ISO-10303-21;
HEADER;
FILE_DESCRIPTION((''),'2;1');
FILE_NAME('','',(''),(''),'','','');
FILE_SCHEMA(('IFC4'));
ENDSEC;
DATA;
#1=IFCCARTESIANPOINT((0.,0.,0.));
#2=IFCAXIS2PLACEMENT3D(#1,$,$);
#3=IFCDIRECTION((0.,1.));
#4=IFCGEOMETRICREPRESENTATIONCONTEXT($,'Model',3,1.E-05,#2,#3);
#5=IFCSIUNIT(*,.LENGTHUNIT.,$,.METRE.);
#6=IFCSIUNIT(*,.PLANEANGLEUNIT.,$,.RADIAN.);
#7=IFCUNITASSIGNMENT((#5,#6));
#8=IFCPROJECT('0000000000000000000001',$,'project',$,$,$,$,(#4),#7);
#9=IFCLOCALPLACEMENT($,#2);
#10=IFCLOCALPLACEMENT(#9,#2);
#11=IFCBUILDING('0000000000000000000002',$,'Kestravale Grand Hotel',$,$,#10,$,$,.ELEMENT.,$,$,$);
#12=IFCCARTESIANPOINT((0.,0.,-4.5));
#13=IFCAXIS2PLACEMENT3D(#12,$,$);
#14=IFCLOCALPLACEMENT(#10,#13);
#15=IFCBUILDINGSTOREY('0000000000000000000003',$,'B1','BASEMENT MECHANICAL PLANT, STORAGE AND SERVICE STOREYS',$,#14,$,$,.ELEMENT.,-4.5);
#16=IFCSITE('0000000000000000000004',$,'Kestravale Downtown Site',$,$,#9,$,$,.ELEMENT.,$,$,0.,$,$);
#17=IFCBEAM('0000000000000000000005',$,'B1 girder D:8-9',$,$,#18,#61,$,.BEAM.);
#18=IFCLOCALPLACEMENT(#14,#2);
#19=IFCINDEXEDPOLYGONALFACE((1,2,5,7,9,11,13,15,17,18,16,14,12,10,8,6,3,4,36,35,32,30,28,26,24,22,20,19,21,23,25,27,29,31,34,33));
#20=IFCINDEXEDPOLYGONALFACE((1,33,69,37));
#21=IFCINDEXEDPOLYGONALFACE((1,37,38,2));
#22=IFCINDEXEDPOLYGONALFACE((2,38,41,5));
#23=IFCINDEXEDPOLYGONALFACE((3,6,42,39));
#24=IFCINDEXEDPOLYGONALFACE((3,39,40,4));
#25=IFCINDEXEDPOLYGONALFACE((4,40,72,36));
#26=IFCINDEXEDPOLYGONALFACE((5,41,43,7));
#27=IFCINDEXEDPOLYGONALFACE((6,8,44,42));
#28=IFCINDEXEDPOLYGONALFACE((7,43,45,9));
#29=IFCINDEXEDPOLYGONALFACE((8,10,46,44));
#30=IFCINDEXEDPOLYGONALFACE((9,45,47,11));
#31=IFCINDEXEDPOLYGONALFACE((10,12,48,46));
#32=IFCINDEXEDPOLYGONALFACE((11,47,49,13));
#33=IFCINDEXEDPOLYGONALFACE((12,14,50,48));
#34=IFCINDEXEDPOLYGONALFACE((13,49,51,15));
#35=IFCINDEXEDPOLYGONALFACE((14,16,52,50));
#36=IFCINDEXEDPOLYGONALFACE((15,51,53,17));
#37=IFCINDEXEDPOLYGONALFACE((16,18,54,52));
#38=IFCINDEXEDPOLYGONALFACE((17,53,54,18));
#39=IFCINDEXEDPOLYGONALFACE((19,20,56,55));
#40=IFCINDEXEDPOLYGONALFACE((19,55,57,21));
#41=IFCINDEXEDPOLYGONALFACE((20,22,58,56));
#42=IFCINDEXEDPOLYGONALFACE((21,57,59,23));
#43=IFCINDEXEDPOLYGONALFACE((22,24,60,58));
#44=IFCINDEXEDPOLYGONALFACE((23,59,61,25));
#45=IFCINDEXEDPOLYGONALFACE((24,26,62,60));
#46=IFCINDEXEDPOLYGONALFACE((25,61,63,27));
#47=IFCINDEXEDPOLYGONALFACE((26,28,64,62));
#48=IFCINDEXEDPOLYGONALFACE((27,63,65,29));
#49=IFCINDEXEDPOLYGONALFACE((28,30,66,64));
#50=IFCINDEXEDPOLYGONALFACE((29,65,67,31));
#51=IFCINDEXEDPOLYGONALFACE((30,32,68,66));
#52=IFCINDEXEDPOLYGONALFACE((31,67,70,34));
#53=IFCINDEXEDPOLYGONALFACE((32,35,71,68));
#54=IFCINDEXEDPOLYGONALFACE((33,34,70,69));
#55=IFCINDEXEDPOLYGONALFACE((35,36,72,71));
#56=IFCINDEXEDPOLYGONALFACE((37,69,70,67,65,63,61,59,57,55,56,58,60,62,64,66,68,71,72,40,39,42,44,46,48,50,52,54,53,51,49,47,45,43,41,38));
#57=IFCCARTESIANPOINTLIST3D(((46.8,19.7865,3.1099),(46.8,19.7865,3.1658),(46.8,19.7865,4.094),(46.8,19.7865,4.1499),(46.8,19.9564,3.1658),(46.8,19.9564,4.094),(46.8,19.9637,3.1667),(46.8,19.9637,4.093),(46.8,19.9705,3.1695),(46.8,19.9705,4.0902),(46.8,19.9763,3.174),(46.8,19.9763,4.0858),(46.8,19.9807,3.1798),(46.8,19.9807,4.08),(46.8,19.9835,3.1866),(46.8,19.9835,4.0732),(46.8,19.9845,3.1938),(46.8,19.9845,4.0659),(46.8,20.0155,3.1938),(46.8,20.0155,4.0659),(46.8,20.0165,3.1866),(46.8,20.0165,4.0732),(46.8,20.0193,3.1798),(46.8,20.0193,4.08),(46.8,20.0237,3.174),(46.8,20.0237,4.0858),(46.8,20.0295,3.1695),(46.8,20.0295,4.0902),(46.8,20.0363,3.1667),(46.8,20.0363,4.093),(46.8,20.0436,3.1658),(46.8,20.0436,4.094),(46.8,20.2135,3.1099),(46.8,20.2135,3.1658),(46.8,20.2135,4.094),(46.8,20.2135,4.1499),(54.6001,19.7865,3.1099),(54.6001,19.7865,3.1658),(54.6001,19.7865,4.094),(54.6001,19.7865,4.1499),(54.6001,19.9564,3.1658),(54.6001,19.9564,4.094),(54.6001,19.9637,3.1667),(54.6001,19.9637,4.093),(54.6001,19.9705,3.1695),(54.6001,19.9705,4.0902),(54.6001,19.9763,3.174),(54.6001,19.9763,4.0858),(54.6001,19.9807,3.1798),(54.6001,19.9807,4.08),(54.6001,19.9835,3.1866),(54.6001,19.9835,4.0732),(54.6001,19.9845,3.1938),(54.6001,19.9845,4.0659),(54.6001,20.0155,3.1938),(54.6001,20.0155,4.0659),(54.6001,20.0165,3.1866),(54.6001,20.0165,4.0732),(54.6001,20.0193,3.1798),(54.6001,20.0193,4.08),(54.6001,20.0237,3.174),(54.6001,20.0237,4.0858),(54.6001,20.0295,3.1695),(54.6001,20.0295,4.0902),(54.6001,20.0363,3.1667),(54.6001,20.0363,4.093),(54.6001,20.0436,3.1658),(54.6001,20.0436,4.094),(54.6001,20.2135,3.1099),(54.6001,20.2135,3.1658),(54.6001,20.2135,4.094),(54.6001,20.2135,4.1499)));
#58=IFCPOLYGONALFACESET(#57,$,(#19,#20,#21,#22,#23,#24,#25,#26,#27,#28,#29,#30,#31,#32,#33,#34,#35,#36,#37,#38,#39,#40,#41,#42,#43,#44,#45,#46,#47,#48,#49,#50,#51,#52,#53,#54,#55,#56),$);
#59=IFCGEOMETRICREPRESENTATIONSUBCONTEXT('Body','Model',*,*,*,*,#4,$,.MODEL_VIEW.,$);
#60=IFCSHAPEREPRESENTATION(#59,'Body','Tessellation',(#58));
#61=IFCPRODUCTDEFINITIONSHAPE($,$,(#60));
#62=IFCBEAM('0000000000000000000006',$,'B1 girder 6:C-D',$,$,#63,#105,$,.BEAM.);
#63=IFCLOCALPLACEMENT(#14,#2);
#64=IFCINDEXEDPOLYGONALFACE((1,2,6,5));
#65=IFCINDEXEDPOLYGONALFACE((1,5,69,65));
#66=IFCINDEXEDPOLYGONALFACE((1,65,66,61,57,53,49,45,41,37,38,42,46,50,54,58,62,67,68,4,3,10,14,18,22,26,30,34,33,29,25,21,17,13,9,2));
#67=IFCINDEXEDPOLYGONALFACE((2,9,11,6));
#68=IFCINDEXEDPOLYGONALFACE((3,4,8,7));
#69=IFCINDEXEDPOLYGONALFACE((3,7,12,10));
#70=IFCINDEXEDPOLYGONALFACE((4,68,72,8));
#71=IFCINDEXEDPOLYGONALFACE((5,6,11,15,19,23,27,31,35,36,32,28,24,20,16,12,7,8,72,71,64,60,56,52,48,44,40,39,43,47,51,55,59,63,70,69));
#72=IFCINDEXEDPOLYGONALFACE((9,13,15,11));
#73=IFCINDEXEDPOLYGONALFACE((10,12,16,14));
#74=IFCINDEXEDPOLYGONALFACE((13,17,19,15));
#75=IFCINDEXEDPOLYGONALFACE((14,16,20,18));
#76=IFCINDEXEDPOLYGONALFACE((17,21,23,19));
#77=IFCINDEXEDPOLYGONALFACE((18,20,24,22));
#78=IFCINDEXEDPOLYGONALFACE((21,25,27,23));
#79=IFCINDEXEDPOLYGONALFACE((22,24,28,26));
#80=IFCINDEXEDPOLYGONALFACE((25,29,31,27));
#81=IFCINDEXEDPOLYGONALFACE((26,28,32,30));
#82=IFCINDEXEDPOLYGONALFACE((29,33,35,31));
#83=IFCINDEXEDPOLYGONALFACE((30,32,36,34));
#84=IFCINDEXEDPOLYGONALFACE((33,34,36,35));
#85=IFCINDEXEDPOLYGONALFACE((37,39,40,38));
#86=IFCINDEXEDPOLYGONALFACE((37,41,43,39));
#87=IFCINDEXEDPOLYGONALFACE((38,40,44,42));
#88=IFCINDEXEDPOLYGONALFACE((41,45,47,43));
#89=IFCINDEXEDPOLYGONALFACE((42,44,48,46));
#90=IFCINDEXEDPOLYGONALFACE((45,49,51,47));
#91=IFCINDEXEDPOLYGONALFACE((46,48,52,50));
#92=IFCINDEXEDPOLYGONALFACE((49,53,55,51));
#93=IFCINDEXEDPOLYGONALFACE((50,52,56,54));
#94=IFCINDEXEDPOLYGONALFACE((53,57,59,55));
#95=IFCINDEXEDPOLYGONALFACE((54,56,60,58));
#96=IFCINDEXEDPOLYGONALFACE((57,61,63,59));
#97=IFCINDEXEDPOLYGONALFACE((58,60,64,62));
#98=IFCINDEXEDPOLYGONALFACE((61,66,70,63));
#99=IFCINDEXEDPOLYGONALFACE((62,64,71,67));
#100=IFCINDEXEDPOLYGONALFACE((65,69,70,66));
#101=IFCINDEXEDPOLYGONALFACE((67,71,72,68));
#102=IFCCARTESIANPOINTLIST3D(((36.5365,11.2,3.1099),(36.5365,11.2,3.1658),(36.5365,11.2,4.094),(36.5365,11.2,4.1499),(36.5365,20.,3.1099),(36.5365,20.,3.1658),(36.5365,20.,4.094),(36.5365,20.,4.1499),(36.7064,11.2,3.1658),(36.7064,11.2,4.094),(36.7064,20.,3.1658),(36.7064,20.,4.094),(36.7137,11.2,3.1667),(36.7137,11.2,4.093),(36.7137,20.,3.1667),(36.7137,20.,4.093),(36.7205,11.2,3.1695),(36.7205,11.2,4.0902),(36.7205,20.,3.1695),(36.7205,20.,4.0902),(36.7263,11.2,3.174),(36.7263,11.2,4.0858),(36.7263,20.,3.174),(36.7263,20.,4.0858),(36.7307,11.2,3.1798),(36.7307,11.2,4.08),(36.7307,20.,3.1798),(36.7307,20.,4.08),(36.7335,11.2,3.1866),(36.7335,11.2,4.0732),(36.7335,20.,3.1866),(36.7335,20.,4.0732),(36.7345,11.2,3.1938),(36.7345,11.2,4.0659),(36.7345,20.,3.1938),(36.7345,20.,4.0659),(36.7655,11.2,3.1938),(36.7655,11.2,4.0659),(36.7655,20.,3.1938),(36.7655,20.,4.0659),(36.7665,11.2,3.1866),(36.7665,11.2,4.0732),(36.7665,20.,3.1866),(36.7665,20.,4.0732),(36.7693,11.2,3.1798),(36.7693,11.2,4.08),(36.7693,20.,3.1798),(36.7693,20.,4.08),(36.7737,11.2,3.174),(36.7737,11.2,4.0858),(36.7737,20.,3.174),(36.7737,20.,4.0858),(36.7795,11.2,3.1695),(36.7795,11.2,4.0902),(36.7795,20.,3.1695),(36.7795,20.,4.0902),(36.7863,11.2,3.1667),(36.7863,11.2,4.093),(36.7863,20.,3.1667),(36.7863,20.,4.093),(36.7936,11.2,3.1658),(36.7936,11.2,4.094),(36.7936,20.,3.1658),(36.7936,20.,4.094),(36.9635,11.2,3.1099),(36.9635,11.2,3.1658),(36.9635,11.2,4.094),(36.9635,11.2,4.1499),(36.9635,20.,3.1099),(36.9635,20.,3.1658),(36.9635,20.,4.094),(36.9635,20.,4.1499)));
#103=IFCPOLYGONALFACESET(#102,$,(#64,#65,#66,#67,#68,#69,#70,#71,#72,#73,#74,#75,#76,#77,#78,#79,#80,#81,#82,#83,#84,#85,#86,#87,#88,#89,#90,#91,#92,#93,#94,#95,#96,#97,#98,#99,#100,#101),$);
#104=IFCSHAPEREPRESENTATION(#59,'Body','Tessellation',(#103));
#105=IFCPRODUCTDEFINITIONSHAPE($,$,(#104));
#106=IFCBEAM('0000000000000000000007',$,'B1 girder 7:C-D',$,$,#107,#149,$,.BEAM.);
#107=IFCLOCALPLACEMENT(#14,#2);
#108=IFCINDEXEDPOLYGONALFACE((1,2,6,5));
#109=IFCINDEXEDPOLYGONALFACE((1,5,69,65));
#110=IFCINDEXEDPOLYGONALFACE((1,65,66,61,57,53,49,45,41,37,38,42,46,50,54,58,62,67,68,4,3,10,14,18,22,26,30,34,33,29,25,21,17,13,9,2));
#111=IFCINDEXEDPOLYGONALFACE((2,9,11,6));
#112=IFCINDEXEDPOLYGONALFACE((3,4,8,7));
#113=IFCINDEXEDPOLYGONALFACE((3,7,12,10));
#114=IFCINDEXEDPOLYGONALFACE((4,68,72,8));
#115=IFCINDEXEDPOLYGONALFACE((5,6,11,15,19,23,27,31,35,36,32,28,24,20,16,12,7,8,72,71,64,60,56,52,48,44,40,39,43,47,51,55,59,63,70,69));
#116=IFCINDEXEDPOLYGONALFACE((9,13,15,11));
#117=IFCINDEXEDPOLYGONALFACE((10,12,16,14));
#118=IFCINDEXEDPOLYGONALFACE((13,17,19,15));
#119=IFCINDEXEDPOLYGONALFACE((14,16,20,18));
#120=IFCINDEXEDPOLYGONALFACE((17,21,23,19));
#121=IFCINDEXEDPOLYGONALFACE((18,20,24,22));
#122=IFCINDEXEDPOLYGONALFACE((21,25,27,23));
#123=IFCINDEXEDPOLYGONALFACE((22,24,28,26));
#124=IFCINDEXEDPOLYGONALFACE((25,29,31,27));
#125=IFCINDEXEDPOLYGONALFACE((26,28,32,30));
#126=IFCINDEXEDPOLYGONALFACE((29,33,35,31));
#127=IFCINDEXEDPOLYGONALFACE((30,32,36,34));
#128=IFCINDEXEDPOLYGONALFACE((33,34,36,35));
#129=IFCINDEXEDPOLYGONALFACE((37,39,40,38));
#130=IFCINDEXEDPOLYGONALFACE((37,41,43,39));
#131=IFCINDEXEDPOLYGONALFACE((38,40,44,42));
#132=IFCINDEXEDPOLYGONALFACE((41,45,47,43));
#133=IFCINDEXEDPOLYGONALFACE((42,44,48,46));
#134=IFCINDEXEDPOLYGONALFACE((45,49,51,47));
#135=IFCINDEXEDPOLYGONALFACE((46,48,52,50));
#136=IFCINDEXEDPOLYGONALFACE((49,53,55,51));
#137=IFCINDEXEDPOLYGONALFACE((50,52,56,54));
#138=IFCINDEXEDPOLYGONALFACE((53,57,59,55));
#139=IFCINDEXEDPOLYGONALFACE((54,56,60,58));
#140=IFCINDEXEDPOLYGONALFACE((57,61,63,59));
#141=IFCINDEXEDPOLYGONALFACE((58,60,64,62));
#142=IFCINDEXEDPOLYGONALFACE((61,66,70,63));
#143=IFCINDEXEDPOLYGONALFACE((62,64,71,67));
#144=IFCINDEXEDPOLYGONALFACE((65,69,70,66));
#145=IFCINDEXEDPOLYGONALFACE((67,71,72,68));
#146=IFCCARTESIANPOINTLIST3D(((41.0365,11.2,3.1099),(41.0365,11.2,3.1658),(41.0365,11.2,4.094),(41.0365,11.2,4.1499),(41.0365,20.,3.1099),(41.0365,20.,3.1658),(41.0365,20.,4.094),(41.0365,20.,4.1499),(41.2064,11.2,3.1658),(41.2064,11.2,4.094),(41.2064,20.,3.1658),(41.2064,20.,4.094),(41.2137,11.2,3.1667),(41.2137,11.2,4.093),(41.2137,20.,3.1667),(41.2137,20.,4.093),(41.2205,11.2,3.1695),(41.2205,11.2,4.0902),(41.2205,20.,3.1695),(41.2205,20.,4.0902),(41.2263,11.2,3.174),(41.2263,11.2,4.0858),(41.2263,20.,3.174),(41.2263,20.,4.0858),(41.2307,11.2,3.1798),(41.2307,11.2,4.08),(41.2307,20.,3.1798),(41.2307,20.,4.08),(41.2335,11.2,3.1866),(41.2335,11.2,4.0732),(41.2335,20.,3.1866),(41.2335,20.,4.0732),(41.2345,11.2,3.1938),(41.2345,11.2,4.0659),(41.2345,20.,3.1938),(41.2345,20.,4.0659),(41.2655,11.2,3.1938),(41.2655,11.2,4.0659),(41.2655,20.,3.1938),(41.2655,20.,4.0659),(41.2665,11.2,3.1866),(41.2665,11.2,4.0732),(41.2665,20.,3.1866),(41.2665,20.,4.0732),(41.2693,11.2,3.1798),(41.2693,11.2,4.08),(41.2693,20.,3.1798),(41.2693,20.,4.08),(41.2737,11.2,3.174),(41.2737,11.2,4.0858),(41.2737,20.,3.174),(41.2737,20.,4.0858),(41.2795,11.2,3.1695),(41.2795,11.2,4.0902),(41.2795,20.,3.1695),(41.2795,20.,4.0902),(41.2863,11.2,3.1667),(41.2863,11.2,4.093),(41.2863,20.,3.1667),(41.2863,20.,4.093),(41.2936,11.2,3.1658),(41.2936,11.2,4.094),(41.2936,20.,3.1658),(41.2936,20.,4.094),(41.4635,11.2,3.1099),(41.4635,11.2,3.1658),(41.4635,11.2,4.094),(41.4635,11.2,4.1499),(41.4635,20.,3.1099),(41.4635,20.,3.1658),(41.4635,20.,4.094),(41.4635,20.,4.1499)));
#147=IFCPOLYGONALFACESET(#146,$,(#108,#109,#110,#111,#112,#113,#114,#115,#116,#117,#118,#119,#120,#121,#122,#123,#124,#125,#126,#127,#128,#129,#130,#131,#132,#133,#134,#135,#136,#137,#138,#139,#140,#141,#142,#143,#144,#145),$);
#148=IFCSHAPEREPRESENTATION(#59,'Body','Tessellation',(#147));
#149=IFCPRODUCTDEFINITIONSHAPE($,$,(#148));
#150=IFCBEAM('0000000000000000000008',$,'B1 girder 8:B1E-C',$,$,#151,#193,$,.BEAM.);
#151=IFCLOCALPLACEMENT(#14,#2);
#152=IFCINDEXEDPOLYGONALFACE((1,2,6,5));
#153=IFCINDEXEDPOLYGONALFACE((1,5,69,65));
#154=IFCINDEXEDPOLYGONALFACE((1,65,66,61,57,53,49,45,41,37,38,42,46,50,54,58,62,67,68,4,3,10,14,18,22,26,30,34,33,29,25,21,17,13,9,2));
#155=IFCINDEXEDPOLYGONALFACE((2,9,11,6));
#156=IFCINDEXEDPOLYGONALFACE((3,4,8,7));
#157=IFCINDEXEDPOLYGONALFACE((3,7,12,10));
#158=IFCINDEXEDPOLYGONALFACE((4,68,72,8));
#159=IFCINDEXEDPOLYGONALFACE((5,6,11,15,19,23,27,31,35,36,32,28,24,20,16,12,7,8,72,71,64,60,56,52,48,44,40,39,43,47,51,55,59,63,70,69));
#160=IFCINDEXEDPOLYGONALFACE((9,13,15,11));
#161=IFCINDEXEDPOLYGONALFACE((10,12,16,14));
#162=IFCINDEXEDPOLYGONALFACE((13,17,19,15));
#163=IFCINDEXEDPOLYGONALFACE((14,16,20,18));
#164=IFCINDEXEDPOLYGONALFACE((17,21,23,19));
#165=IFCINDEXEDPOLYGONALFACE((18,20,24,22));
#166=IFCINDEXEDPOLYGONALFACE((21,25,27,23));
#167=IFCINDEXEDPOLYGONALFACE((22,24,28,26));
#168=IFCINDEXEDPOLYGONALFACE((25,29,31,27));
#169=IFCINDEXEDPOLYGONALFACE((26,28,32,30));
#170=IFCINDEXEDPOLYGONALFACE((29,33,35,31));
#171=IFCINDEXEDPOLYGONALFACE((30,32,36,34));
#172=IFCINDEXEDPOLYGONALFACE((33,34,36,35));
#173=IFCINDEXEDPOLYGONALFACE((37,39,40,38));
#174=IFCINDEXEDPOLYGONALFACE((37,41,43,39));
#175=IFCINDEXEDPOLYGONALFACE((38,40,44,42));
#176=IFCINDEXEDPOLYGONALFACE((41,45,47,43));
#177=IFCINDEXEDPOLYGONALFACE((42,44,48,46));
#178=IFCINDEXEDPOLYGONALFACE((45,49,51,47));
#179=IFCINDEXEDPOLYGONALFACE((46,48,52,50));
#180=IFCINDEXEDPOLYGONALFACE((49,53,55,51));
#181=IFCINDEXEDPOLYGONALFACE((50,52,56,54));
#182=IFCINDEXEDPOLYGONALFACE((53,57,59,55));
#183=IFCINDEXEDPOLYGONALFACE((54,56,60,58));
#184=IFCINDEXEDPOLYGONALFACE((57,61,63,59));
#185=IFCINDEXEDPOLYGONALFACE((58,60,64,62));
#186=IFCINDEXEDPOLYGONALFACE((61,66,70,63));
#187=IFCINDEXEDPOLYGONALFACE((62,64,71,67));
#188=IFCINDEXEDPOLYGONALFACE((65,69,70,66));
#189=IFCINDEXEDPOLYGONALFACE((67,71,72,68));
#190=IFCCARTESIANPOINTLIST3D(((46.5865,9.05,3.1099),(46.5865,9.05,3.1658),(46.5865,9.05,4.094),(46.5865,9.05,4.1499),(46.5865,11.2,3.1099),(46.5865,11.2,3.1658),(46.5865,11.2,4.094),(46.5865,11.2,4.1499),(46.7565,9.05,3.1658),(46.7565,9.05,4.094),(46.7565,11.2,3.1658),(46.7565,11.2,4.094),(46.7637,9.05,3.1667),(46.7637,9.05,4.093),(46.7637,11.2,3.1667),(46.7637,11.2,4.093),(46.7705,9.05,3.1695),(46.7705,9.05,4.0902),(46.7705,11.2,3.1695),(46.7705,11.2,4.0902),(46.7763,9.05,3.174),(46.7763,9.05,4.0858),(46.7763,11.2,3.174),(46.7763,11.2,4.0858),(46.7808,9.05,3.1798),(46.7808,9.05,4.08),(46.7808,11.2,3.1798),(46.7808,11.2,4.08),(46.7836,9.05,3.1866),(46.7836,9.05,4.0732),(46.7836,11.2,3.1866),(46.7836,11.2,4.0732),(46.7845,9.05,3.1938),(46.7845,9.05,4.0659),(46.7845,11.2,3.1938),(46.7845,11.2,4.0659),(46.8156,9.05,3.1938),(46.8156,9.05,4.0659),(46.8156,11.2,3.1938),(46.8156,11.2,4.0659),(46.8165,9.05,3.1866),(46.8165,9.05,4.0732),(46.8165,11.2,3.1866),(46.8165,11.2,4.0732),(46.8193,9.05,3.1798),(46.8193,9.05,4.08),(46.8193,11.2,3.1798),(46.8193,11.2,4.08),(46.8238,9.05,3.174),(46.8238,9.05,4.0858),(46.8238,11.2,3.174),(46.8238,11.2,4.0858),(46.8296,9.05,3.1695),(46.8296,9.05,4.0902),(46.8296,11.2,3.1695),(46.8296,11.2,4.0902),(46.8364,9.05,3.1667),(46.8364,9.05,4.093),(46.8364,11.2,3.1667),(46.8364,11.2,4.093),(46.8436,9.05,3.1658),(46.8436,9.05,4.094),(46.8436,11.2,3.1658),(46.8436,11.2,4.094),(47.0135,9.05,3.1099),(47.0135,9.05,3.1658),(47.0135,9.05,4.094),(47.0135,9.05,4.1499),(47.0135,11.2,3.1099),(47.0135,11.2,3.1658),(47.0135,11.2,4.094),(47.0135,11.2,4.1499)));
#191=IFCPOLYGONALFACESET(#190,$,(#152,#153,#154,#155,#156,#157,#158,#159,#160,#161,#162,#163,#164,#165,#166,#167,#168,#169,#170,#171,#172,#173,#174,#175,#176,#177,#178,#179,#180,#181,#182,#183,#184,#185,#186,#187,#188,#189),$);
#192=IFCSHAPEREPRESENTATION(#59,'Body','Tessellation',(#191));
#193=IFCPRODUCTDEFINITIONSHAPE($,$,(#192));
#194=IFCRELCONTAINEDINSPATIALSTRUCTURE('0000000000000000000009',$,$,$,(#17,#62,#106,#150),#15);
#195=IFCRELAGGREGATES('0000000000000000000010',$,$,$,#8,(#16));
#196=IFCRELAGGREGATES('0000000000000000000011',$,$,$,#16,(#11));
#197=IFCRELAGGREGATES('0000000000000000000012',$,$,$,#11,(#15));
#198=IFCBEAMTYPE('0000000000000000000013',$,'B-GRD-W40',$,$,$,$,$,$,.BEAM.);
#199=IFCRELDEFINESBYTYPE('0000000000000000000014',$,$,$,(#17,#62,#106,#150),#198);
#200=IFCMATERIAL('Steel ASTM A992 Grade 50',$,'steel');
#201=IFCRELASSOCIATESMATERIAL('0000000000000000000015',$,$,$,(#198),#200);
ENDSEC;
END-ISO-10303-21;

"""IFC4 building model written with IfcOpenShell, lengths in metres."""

from ifc_helpers import new_model, si_unit, direction, frame, origin, origin_2d, place, context, subcontext, project, spatial, i_section, extrude, material, material_profile, profile_set, type_object, element, save


model = new_model("IFC4")

# Units and contexts
model_context = context("Model", 3, precision=1e-05, world=origin(), true_north=direction((0.0, 1.0)))
body_context = subcontext(model_context, "Body", "Model", "MODEL_VIEW")
ifc_project = project(units=[si_unit("LENGTHUNIT", "METRE"), si_unit("PLANEANGLEUNIT", "RADIAN")], contexts=[model_context])

# Site, building, storey
site_placement = place(None, origin())
site = spatial("IfcSite", under=ifc_project, at=site_placement, Name="Kestravale Downtown Site", CompositionType="ELEMENT", RefElevation=0.0)
building_placement = place(site_placement, origin())
building = spatial("IfcBuilding", under=site, at=building_placement, Name="Kestravale Grand Hotel", CompositionType="ELEMENT")
storey_placement = place(building_placement, frame((0.0, 0.0, -4.5)))
storey = spatial("IfcBuildingStorey", under=building, at=storey_placement, Name="B1", Description="BASEMENT MECHANICAL PLANT, STORAGE AND SERVICE STOREYS", CompositionType="ELEMENT", Elevation=-4.5)

# Beams
ifc_material_1 = material(Name="Steel ASTM A992 Grade 50", Category="steel")
ifc_material_profile_1 = material_profile(ifc_material_1, i_section(OverallWidth=0.427, OverallDepth=1.04, WebThickness=0.031, FlangeThickness=0.0559, FilletRadius=0.0281, at=origin_2d()))
ifc_profile_set_1 = profile_set([ifc_material_profile_1], Name="Steel ASTM A992 Grade 50")
beam_type_1 = type_object("IfcBeamType", Name="B-GRD-W40", PredefinedType="BEAM", material=ifc_profile_set_1)
beam_1_placement = place(storey_placement, frame((46.8, 20.0, 3.6299), z_axis=(1.0, 0.0, 0.0), x_axis=(0.0, 1.0, 0.0)))
element("IfcBeam", 1, at=beam_1_placement, inside=storey, type_object=beam_type_1, Name="B1 girder D:8-9", PredefinedType="BEAM", context=body_context, shape_type="SweptSolid", body=[
    extrude(i_section(OverallWidth=0.427, OverallDepth=1.04, WebThickness=0.031, FlangeThickness=0.0559, FilletRadius=0.0281, at=origin_2d()), origin(), (0.0, 0.0, 1.0), 7.8),
])
for number, where, z_axis, x_axis, name in (
    (2, (36.75, 11.2, 3.6299), (0.0, 1.0, 0.0), (-1.0, 0.0, 0.0), "B1 girder 6:C-D"),
    (3, (41.25, 11.2, 3.6299), (0.0, 1.0, 0.0), (-1.0, 0.0, 0.0), "B1 girder 7:C-D"),
):
    element("IfcBeam", number, at=place(storey_placement, frame(where, z_axis=z_axis, x_axis=x_axis)), inside=storey, type_object=beam_type_1, Name=name, PredefinedType="BEAM", context=body_context, shape_type="SweptSolid", body=[
        extrude(i_section(OverallWidth=0.427, OverallDepth=1.04, WebThickness=0.031, FlangeThickness=0.0559, FilletRadius=0.0281, at=origin_2d()), origin(), (0.0, 0.0, 1.0), 8.8),
    ])
beam_2_placement = place(storey_placement, frame((46.8, 9.05, 3.6299), z_axis=(0.0, 1.0, 0.0), x_axis=(-1.0, 0.0, 0.0)))
element("IfcBeam", 4, at=beam_2_placement, inside=storey, type_object=beam_type_1, Name="B1 girder 8:B1E-C", PredefinedType="BEAM", context=body_context, shape_type="SweptSolid", body=[
    extrude(i_section(OverallWidth=0.427, OverallDepth=1.04, WebThickness=0.031, FlangeThickness=0.0559, FilletRadius=0.0281, at=origin_2d()), origin(), (0.0, 0.0, 1.0), 2.1499),
])

save(model, "model.ifc")
